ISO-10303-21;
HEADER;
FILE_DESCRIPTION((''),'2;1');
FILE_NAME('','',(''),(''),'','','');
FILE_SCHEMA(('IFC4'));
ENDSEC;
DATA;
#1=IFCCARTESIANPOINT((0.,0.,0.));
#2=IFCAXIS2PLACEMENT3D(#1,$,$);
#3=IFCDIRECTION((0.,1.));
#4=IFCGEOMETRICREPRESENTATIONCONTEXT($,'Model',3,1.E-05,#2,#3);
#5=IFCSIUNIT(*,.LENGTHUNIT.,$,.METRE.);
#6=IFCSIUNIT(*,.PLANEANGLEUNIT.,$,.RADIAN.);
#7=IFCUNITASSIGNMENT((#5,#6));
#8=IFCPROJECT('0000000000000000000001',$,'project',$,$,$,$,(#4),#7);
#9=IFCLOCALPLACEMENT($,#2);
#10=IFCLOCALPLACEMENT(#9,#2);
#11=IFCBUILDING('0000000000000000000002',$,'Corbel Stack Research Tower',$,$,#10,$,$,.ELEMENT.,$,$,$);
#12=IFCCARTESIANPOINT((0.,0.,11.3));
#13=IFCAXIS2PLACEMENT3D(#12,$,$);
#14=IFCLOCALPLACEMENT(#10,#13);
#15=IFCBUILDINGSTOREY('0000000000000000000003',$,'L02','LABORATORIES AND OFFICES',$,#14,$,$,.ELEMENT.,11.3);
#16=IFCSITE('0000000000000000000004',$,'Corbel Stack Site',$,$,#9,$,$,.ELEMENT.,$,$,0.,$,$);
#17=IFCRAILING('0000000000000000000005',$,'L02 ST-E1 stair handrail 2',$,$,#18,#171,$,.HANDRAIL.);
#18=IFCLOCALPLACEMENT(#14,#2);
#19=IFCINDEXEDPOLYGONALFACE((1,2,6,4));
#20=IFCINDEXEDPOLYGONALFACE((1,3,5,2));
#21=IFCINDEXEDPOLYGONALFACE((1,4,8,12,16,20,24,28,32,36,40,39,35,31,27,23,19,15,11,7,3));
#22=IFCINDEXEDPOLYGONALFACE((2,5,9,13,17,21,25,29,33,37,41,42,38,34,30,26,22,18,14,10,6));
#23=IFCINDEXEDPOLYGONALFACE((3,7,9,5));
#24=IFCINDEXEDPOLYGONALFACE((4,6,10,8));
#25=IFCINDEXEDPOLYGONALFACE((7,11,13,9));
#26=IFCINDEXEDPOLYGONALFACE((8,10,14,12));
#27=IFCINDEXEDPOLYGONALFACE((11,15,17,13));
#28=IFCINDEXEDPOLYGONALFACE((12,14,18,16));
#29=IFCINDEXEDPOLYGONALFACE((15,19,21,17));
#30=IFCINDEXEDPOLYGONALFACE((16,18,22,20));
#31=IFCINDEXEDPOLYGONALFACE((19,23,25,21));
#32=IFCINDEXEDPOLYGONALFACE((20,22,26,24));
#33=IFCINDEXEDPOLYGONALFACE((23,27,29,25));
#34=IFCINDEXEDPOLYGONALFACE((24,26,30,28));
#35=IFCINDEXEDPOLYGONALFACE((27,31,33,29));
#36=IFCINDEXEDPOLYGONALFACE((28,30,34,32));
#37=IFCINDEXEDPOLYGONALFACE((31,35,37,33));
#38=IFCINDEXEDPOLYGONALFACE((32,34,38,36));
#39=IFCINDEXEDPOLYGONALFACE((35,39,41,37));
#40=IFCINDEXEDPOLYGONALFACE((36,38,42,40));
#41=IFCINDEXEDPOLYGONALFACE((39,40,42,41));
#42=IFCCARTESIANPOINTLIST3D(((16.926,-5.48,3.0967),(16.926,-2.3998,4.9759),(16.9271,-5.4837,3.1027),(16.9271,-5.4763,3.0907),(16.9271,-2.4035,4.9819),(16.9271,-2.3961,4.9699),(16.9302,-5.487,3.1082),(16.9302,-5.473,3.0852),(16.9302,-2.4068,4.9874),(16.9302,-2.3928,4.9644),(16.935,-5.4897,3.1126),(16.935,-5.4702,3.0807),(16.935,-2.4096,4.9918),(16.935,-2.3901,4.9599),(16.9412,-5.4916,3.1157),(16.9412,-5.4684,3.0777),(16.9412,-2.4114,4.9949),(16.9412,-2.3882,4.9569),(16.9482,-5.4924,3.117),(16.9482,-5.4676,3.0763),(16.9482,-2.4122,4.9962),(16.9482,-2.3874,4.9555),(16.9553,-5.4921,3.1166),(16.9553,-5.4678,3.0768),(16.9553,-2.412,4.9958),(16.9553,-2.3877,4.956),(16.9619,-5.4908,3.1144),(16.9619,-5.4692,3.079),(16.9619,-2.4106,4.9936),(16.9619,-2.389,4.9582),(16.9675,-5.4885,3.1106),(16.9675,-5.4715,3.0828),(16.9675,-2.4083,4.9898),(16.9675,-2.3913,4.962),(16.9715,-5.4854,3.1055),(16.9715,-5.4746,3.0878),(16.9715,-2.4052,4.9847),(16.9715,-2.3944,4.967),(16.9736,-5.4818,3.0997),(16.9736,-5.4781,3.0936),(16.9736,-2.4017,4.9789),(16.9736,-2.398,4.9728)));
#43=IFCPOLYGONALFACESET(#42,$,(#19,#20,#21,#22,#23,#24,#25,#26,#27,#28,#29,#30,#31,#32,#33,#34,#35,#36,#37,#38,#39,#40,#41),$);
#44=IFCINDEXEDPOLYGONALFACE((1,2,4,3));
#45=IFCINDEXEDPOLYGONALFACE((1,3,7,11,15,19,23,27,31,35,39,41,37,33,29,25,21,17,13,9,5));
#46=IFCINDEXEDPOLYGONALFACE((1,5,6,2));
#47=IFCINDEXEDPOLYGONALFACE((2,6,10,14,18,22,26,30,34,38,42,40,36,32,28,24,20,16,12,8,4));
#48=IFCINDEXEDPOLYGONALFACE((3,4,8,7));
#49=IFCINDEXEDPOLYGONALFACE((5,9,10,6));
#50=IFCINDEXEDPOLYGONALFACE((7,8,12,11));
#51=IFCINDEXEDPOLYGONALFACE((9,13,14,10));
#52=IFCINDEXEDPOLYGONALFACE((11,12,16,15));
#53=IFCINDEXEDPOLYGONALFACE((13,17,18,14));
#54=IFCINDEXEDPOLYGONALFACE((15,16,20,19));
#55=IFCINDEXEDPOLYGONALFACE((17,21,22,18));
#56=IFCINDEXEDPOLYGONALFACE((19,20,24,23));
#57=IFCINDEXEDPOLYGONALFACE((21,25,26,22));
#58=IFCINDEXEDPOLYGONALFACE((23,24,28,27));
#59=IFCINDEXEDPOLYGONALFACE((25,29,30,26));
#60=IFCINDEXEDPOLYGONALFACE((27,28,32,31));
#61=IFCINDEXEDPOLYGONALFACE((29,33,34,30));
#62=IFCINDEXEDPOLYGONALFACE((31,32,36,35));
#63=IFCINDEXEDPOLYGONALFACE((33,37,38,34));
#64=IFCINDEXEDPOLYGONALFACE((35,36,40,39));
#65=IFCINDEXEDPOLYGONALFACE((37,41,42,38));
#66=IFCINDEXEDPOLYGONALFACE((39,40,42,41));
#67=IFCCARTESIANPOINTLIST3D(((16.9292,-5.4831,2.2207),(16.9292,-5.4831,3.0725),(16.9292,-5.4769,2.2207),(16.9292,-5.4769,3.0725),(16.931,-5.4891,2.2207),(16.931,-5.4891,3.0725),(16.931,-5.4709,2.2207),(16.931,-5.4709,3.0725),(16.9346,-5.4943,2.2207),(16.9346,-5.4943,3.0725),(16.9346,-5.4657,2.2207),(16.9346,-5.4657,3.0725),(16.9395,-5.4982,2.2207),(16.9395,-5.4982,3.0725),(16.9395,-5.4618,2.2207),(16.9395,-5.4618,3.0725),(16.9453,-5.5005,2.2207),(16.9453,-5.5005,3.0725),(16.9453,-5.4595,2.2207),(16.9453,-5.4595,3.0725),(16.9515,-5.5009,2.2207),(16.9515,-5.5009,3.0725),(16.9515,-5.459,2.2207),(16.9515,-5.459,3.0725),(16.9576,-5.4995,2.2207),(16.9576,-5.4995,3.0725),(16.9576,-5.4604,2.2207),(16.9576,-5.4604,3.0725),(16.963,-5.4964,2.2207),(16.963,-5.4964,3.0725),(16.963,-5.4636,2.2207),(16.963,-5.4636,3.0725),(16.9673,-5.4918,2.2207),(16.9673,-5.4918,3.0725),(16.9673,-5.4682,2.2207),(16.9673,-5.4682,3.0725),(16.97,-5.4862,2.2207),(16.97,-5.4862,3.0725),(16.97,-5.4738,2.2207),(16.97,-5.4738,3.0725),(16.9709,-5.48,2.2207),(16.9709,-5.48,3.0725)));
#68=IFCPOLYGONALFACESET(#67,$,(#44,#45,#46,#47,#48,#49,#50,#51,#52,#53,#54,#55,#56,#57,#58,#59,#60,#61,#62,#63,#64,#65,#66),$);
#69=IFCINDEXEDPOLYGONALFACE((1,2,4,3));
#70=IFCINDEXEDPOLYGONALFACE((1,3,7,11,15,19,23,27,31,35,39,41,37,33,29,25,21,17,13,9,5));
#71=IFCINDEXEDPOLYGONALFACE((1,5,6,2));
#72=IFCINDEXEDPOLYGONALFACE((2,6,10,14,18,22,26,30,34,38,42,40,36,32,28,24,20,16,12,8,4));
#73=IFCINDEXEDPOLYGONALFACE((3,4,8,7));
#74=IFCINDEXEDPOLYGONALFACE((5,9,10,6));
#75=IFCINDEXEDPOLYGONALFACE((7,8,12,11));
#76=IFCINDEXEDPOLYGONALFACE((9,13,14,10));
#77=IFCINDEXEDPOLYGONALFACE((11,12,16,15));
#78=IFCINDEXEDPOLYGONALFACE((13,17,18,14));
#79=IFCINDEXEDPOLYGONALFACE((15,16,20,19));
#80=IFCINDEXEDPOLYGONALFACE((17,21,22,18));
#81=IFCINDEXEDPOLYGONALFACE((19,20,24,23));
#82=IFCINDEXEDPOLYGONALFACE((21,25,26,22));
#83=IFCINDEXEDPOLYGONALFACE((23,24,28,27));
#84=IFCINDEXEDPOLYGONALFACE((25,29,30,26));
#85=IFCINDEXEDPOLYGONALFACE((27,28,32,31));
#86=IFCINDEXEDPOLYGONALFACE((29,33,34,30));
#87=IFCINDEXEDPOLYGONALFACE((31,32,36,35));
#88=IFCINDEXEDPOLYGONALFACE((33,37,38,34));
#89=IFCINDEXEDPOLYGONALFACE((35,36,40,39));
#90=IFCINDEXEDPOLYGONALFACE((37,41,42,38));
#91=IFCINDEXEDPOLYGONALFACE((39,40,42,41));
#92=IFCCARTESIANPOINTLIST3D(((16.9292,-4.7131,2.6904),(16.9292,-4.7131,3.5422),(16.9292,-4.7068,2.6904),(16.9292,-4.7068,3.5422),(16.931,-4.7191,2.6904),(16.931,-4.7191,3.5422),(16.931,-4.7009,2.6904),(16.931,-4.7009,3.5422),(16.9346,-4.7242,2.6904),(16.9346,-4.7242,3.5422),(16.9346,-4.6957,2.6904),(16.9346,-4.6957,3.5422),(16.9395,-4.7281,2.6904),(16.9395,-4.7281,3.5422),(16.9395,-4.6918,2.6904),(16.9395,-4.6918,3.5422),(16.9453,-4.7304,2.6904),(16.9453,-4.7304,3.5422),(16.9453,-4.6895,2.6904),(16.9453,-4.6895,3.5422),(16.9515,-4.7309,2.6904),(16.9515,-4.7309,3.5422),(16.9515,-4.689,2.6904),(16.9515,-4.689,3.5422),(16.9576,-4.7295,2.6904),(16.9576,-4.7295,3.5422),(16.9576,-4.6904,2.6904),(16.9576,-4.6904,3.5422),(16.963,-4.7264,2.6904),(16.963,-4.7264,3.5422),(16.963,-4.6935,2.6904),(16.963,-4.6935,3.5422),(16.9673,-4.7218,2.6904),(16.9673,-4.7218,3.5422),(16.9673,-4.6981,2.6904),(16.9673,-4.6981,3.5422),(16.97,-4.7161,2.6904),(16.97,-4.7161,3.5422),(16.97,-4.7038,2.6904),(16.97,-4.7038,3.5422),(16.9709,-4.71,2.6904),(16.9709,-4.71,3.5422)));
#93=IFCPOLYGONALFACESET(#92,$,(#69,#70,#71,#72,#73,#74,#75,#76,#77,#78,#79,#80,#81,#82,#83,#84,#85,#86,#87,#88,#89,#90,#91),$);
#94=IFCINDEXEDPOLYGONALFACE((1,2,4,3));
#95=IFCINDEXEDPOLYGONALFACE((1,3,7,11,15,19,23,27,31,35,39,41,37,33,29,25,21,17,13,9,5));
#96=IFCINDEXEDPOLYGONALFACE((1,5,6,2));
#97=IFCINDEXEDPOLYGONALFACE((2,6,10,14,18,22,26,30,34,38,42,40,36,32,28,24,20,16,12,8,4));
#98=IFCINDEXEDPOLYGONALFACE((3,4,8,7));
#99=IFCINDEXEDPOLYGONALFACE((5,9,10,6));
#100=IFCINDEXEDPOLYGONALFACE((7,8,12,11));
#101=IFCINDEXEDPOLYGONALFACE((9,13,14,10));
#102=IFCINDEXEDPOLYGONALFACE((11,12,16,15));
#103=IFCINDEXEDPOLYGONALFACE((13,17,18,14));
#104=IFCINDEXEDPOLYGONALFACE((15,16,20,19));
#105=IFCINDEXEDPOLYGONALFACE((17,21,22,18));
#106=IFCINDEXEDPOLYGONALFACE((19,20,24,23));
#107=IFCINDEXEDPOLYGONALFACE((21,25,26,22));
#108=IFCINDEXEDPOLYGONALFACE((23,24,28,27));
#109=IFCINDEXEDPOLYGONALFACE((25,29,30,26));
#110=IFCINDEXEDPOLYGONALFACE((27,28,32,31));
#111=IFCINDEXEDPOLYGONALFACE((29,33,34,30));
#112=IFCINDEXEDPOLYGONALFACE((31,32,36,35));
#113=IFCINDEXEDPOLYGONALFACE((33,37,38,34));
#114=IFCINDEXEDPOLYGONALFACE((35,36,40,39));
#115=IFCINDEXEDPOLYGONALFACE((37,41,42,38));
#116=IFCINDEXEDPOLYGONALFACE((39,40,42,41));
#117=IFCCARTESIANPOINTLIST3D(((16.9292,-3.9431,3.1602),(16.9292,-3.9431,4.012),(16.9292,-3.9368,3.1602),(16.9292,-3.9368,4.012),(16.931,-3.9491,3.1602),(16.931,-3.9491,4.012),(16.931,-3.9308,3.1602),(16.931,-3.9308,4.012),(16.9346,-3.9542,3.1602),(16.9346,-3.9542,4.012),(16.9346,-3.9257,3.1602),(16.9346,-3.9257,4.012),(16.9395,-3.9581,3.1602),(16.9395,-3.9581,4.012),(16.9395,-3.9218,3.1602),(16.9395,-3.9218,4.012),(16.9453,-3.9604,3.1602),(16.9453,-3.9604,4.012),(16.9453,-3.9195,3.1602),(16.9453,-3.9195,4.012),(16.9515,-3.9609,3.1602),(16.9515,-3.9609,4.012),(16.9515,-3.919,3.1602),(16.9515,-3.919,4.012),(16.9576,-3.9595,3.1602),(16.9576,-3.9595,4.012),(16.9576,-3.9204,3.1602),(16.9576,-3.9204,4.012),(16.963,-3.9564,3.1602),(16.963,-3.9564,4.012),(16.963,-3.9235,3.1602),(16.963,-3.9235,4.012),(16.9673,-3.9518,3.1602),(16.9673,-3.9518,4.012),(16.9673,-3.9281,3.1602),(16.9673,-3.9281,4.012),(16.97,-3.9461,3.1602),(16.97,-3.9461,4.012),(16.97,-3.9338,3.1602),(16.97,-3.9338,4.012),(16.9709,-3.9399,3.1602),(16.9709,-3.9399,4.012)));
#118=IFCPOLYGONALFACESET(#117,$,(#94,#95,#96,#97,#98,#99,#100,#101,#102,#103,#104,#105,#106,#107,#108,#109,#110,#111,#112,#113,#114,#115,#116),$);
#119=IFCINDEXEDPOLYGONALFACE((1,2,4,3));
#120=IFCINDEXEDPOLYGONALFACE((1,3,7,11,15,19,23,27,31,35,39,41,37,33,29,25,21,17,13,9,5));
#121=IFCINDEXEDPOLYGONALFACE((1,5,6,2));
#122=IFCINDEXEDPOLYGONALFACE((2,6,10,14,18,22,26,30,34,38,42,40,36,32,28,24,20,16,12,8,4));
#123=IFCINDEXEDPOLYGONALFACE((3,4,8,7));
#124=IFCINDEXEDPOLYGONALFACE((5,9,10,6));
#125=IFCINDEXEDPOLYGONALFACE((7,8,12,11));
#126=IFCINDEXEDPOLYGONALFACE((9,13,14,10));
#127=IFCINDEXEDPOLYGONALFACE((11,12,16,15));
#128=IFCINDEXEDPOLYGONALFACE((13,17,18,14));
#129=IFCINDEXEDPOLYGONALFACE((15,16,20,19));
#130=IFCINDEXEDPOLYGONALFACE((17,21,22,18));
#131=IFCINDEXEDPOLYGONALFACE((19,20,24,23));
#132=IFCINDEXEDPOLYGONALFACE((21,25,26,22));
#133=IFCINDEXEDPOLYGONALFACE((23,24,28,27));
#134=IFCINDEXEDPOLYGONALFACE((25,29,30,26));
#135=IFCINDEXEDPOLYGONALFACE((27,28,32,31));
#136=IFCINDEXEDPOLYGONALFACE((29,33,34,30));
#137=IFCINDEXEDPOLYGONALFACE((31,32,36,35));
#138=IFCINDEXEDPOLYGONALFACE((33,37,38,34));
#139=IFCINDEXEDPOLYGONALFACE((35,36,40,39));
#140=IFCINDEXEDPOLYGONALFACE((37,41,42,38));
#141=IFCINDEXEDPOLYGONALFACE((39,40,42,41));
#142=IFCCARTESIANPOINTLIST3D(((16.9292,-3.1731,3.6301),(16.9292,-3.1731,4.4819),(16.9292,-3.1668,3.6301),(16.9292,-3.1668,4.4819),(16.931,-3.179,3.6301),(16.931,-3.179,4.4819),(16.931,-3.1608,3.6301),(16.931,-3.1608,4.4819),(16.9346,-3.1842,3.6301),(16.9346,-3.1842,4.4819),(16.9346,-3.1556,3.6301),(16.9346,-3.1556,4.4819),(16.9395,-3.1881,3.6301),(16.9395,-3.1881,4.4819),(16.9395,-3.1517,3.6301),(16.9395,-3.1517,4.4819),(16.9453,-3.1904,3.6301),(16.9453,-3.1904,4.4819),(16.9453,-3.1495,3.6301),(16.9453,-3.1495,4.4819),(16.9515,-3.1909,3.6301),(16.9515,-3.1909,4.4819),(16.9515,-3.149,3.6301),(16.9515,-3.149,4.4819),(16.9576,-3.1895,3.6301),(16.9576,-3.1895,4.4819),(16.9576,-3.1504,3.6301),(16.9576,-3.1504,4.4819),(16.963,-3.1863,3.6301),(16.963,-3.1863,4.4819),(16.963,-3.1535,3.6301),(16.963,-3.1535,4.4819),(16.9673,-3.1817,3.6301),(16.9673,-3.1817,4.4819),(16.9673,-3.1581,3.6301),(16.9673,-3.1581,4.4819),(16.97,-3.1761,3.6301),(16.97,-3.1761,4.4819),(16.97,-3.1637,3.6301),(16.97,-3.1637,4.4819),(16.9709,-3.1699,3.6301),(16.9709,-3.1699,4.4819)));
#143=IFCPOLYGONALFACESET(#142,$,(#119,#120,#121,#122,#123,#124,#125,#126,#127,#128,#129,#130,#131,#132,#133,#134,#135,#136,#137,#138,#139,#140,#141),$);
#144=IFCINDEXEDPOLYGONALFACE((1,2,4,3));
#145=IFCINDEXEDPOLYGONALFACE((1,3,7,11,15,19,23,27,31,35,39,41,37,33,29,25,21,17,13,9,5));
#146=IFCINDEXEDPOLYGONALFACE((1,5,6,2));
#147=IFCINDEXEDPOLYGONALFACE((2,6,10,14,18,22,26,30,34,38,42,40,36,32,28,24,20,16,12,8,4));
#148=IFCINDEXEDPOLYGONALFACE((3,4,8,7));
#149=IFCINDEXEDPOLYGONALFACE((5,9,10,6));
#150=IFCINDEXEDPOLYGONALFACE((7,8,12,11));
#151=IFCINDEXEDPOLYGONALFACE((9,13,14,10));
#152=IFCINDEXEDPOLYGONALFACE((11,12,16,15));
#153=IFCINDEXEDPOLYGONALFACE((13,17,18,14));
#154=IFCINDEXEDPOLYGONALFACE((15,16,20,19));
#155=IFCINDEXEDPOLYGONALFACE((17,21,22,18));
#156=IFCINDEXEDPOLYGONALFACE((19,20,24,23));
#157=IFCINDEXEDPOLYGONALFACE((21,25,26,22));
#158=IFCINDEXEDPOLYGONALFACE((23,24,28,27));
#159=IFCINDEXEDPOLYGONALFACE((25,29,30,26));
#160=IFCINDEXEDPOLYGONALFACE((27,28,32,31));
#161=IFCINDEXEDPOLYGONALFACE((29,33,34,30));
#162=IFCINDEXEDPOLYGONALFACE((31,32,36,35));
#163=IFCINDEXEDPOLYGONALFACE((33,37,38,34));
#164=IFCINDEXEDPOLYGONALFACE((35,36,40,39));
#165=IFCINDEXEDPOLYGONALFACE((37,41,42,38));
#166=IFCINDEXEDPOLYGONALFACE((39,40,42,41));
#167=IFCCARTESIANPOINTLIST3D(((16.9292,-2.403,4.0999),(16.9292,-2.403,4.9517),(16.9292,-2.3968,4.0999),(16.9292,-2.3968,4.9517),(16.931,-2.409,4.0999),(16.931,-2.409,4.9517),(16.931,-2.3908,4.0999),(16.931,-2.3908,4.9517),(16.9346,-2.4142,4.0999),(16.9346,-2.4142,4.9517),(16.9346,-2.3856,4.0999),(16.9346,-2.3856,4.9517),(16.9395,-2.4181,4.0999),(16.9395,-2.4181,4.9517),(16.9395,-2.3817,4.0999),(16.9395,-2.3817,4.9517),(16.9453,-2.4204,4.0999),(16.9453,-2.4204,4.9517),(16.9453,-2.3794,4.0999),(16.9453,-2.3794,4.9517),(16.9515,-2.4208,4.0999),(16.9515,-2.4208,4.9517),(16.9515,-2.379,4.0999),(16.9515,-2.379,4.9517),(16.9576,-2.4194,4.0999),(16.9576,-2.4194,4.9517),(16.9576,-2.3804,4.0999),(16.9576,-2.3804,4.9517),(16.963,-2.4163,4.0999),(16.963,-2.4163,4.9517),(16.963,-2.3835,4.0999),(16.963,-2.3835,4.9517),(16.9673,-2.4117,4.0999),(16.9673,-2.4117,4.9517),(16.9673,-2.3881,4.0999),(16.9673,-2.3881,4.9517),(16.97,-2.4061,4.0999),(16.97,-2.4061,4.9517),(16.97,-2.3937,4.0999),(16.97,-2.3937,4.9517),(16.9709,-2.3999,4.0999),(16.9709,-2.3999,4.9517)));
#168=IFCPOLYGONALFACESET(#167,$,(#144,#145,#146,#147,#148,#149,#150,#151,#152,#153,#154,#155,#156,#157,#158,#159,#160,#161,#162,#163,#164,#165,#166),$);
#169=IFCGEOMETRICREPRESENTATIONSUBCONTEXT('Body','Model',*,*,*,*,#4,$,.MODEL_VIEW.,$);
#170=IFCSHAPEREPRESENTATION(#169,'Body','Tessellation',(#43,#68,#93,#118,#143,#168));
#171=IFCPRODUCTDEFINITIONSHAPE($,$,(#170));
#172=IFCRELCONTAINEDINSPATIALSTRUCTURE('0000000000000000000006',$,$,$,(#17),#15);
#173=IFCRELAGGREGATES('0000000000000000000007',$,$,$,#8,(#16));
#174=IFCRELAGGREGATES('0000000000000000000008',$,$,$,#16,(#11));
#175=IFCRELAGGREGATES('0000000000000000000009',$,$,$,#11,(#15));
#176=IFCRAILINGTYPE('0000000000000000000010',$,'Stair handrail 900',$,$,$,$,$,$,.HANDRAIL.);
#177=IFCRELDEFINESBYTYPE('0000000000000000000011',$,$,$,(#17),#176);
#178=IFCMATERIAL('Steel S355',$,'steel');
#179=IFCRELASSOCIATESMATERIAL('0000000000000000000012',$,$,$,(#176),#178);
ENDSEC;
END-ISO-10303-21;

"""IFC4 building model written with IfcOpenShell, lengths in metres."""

from ifc_helpers import new_model, si_unit, direction, frame, origin, origin_2d, place, context, subcontext, project, spatial, circle, extrude, material, type_object, element, save


model = new_model("IFC4")

# Units and contexts
model_context = context("Model", 3, precision=1e-05, world=origin(), true_north=direction((0.0, 1.0)))
body_context = subcontext(model_context, "Body", "Model", "MODEL_VIEW")
ifc_project = project(units=[si_unit("LENGTHUNIT", "METRE"), si_unit("PLANEANGLEUNIT", "RADIAN")], contexts=[model_context])

# Site, building, storey
site_placement = place(None, origin())
site = spatial("IfcSite", under=ifc_project, at=site_placement, Name="Corbel Stack Site", CompositionType="ELEMENT", RefElevation=0.0)
building_placement = place(site_placement, origin())
building = spatial("IfcBuilding", under=site, at=building_placement, Name="Corbel Stack Research Tower", CompositionType="ELEMENT")
storey_placement = place(building_placement, frame((0.0, 0.0, 11.3)))
storey = spatial("IfcBuildingStorey", under=building, at=storey_placement, Name="L02", Description="LABORATORIES AND OFFICES", CompositionType="ELEMENT", Elevation=11.3)

# Railing
ifc_material_1 = material(Name="Steel S355", Category="steel")
railing_type_1 = type_object("IfcRailingType", Name="Stair handrail 900", PredefinedType="HANDRAIL", material=ifc_material_1)
railing_1_placement = place(storey_placement, frame((16.95, -5.48, 2.2207)))
element("IfcRailing", 1, at=railing_1_placement, inside=storey, type_object=railing_type_1, Name="L02 ST-E1 stair handrail 2", PredefinedType="HANDRAIL", context=body_context, shape_type="SweptSolid", body=[
    extrude(circle(Radius=0.0239, at=origin_2d()), frame((0.0, 0.0, 0.876), z_axis=(0.0, 0.853666, 0.52082), x_axis=(-1.0, 0.0, 0.0)), (0.0, 0.0, 1.0), 3.6082),
    extrude(circle(Radius=0.021, at=origin_2d()), origin(), (0.0, 0.0, 1.0), 0.8518),
    extrude(circle(Radius=0.021, at=origin_2d()), frame((0.0, 0.77, 0.4697)), (0.0, 0.0, 1.0), 0.8518),
    extrude(circle(Radius=0.021, at=origin_2d()), frame((0.0, 1.54, 0.9395)), (0.0, 0.0, 1.0), 0.8518),
    extrude(circle(Radius=0.021, at=origin_2d()), frame((0.0, 2.3101, 1.4094)), (0.0, 0.0, 1.0), 0.8518),
    extrude(circle(Radius=0.021, at=origin_2d()), frame((0.0, 3.0801, 1.8792)), (0.0, 0.0, 1.0), 0.8518),
])

save(model, "model.ifc")
